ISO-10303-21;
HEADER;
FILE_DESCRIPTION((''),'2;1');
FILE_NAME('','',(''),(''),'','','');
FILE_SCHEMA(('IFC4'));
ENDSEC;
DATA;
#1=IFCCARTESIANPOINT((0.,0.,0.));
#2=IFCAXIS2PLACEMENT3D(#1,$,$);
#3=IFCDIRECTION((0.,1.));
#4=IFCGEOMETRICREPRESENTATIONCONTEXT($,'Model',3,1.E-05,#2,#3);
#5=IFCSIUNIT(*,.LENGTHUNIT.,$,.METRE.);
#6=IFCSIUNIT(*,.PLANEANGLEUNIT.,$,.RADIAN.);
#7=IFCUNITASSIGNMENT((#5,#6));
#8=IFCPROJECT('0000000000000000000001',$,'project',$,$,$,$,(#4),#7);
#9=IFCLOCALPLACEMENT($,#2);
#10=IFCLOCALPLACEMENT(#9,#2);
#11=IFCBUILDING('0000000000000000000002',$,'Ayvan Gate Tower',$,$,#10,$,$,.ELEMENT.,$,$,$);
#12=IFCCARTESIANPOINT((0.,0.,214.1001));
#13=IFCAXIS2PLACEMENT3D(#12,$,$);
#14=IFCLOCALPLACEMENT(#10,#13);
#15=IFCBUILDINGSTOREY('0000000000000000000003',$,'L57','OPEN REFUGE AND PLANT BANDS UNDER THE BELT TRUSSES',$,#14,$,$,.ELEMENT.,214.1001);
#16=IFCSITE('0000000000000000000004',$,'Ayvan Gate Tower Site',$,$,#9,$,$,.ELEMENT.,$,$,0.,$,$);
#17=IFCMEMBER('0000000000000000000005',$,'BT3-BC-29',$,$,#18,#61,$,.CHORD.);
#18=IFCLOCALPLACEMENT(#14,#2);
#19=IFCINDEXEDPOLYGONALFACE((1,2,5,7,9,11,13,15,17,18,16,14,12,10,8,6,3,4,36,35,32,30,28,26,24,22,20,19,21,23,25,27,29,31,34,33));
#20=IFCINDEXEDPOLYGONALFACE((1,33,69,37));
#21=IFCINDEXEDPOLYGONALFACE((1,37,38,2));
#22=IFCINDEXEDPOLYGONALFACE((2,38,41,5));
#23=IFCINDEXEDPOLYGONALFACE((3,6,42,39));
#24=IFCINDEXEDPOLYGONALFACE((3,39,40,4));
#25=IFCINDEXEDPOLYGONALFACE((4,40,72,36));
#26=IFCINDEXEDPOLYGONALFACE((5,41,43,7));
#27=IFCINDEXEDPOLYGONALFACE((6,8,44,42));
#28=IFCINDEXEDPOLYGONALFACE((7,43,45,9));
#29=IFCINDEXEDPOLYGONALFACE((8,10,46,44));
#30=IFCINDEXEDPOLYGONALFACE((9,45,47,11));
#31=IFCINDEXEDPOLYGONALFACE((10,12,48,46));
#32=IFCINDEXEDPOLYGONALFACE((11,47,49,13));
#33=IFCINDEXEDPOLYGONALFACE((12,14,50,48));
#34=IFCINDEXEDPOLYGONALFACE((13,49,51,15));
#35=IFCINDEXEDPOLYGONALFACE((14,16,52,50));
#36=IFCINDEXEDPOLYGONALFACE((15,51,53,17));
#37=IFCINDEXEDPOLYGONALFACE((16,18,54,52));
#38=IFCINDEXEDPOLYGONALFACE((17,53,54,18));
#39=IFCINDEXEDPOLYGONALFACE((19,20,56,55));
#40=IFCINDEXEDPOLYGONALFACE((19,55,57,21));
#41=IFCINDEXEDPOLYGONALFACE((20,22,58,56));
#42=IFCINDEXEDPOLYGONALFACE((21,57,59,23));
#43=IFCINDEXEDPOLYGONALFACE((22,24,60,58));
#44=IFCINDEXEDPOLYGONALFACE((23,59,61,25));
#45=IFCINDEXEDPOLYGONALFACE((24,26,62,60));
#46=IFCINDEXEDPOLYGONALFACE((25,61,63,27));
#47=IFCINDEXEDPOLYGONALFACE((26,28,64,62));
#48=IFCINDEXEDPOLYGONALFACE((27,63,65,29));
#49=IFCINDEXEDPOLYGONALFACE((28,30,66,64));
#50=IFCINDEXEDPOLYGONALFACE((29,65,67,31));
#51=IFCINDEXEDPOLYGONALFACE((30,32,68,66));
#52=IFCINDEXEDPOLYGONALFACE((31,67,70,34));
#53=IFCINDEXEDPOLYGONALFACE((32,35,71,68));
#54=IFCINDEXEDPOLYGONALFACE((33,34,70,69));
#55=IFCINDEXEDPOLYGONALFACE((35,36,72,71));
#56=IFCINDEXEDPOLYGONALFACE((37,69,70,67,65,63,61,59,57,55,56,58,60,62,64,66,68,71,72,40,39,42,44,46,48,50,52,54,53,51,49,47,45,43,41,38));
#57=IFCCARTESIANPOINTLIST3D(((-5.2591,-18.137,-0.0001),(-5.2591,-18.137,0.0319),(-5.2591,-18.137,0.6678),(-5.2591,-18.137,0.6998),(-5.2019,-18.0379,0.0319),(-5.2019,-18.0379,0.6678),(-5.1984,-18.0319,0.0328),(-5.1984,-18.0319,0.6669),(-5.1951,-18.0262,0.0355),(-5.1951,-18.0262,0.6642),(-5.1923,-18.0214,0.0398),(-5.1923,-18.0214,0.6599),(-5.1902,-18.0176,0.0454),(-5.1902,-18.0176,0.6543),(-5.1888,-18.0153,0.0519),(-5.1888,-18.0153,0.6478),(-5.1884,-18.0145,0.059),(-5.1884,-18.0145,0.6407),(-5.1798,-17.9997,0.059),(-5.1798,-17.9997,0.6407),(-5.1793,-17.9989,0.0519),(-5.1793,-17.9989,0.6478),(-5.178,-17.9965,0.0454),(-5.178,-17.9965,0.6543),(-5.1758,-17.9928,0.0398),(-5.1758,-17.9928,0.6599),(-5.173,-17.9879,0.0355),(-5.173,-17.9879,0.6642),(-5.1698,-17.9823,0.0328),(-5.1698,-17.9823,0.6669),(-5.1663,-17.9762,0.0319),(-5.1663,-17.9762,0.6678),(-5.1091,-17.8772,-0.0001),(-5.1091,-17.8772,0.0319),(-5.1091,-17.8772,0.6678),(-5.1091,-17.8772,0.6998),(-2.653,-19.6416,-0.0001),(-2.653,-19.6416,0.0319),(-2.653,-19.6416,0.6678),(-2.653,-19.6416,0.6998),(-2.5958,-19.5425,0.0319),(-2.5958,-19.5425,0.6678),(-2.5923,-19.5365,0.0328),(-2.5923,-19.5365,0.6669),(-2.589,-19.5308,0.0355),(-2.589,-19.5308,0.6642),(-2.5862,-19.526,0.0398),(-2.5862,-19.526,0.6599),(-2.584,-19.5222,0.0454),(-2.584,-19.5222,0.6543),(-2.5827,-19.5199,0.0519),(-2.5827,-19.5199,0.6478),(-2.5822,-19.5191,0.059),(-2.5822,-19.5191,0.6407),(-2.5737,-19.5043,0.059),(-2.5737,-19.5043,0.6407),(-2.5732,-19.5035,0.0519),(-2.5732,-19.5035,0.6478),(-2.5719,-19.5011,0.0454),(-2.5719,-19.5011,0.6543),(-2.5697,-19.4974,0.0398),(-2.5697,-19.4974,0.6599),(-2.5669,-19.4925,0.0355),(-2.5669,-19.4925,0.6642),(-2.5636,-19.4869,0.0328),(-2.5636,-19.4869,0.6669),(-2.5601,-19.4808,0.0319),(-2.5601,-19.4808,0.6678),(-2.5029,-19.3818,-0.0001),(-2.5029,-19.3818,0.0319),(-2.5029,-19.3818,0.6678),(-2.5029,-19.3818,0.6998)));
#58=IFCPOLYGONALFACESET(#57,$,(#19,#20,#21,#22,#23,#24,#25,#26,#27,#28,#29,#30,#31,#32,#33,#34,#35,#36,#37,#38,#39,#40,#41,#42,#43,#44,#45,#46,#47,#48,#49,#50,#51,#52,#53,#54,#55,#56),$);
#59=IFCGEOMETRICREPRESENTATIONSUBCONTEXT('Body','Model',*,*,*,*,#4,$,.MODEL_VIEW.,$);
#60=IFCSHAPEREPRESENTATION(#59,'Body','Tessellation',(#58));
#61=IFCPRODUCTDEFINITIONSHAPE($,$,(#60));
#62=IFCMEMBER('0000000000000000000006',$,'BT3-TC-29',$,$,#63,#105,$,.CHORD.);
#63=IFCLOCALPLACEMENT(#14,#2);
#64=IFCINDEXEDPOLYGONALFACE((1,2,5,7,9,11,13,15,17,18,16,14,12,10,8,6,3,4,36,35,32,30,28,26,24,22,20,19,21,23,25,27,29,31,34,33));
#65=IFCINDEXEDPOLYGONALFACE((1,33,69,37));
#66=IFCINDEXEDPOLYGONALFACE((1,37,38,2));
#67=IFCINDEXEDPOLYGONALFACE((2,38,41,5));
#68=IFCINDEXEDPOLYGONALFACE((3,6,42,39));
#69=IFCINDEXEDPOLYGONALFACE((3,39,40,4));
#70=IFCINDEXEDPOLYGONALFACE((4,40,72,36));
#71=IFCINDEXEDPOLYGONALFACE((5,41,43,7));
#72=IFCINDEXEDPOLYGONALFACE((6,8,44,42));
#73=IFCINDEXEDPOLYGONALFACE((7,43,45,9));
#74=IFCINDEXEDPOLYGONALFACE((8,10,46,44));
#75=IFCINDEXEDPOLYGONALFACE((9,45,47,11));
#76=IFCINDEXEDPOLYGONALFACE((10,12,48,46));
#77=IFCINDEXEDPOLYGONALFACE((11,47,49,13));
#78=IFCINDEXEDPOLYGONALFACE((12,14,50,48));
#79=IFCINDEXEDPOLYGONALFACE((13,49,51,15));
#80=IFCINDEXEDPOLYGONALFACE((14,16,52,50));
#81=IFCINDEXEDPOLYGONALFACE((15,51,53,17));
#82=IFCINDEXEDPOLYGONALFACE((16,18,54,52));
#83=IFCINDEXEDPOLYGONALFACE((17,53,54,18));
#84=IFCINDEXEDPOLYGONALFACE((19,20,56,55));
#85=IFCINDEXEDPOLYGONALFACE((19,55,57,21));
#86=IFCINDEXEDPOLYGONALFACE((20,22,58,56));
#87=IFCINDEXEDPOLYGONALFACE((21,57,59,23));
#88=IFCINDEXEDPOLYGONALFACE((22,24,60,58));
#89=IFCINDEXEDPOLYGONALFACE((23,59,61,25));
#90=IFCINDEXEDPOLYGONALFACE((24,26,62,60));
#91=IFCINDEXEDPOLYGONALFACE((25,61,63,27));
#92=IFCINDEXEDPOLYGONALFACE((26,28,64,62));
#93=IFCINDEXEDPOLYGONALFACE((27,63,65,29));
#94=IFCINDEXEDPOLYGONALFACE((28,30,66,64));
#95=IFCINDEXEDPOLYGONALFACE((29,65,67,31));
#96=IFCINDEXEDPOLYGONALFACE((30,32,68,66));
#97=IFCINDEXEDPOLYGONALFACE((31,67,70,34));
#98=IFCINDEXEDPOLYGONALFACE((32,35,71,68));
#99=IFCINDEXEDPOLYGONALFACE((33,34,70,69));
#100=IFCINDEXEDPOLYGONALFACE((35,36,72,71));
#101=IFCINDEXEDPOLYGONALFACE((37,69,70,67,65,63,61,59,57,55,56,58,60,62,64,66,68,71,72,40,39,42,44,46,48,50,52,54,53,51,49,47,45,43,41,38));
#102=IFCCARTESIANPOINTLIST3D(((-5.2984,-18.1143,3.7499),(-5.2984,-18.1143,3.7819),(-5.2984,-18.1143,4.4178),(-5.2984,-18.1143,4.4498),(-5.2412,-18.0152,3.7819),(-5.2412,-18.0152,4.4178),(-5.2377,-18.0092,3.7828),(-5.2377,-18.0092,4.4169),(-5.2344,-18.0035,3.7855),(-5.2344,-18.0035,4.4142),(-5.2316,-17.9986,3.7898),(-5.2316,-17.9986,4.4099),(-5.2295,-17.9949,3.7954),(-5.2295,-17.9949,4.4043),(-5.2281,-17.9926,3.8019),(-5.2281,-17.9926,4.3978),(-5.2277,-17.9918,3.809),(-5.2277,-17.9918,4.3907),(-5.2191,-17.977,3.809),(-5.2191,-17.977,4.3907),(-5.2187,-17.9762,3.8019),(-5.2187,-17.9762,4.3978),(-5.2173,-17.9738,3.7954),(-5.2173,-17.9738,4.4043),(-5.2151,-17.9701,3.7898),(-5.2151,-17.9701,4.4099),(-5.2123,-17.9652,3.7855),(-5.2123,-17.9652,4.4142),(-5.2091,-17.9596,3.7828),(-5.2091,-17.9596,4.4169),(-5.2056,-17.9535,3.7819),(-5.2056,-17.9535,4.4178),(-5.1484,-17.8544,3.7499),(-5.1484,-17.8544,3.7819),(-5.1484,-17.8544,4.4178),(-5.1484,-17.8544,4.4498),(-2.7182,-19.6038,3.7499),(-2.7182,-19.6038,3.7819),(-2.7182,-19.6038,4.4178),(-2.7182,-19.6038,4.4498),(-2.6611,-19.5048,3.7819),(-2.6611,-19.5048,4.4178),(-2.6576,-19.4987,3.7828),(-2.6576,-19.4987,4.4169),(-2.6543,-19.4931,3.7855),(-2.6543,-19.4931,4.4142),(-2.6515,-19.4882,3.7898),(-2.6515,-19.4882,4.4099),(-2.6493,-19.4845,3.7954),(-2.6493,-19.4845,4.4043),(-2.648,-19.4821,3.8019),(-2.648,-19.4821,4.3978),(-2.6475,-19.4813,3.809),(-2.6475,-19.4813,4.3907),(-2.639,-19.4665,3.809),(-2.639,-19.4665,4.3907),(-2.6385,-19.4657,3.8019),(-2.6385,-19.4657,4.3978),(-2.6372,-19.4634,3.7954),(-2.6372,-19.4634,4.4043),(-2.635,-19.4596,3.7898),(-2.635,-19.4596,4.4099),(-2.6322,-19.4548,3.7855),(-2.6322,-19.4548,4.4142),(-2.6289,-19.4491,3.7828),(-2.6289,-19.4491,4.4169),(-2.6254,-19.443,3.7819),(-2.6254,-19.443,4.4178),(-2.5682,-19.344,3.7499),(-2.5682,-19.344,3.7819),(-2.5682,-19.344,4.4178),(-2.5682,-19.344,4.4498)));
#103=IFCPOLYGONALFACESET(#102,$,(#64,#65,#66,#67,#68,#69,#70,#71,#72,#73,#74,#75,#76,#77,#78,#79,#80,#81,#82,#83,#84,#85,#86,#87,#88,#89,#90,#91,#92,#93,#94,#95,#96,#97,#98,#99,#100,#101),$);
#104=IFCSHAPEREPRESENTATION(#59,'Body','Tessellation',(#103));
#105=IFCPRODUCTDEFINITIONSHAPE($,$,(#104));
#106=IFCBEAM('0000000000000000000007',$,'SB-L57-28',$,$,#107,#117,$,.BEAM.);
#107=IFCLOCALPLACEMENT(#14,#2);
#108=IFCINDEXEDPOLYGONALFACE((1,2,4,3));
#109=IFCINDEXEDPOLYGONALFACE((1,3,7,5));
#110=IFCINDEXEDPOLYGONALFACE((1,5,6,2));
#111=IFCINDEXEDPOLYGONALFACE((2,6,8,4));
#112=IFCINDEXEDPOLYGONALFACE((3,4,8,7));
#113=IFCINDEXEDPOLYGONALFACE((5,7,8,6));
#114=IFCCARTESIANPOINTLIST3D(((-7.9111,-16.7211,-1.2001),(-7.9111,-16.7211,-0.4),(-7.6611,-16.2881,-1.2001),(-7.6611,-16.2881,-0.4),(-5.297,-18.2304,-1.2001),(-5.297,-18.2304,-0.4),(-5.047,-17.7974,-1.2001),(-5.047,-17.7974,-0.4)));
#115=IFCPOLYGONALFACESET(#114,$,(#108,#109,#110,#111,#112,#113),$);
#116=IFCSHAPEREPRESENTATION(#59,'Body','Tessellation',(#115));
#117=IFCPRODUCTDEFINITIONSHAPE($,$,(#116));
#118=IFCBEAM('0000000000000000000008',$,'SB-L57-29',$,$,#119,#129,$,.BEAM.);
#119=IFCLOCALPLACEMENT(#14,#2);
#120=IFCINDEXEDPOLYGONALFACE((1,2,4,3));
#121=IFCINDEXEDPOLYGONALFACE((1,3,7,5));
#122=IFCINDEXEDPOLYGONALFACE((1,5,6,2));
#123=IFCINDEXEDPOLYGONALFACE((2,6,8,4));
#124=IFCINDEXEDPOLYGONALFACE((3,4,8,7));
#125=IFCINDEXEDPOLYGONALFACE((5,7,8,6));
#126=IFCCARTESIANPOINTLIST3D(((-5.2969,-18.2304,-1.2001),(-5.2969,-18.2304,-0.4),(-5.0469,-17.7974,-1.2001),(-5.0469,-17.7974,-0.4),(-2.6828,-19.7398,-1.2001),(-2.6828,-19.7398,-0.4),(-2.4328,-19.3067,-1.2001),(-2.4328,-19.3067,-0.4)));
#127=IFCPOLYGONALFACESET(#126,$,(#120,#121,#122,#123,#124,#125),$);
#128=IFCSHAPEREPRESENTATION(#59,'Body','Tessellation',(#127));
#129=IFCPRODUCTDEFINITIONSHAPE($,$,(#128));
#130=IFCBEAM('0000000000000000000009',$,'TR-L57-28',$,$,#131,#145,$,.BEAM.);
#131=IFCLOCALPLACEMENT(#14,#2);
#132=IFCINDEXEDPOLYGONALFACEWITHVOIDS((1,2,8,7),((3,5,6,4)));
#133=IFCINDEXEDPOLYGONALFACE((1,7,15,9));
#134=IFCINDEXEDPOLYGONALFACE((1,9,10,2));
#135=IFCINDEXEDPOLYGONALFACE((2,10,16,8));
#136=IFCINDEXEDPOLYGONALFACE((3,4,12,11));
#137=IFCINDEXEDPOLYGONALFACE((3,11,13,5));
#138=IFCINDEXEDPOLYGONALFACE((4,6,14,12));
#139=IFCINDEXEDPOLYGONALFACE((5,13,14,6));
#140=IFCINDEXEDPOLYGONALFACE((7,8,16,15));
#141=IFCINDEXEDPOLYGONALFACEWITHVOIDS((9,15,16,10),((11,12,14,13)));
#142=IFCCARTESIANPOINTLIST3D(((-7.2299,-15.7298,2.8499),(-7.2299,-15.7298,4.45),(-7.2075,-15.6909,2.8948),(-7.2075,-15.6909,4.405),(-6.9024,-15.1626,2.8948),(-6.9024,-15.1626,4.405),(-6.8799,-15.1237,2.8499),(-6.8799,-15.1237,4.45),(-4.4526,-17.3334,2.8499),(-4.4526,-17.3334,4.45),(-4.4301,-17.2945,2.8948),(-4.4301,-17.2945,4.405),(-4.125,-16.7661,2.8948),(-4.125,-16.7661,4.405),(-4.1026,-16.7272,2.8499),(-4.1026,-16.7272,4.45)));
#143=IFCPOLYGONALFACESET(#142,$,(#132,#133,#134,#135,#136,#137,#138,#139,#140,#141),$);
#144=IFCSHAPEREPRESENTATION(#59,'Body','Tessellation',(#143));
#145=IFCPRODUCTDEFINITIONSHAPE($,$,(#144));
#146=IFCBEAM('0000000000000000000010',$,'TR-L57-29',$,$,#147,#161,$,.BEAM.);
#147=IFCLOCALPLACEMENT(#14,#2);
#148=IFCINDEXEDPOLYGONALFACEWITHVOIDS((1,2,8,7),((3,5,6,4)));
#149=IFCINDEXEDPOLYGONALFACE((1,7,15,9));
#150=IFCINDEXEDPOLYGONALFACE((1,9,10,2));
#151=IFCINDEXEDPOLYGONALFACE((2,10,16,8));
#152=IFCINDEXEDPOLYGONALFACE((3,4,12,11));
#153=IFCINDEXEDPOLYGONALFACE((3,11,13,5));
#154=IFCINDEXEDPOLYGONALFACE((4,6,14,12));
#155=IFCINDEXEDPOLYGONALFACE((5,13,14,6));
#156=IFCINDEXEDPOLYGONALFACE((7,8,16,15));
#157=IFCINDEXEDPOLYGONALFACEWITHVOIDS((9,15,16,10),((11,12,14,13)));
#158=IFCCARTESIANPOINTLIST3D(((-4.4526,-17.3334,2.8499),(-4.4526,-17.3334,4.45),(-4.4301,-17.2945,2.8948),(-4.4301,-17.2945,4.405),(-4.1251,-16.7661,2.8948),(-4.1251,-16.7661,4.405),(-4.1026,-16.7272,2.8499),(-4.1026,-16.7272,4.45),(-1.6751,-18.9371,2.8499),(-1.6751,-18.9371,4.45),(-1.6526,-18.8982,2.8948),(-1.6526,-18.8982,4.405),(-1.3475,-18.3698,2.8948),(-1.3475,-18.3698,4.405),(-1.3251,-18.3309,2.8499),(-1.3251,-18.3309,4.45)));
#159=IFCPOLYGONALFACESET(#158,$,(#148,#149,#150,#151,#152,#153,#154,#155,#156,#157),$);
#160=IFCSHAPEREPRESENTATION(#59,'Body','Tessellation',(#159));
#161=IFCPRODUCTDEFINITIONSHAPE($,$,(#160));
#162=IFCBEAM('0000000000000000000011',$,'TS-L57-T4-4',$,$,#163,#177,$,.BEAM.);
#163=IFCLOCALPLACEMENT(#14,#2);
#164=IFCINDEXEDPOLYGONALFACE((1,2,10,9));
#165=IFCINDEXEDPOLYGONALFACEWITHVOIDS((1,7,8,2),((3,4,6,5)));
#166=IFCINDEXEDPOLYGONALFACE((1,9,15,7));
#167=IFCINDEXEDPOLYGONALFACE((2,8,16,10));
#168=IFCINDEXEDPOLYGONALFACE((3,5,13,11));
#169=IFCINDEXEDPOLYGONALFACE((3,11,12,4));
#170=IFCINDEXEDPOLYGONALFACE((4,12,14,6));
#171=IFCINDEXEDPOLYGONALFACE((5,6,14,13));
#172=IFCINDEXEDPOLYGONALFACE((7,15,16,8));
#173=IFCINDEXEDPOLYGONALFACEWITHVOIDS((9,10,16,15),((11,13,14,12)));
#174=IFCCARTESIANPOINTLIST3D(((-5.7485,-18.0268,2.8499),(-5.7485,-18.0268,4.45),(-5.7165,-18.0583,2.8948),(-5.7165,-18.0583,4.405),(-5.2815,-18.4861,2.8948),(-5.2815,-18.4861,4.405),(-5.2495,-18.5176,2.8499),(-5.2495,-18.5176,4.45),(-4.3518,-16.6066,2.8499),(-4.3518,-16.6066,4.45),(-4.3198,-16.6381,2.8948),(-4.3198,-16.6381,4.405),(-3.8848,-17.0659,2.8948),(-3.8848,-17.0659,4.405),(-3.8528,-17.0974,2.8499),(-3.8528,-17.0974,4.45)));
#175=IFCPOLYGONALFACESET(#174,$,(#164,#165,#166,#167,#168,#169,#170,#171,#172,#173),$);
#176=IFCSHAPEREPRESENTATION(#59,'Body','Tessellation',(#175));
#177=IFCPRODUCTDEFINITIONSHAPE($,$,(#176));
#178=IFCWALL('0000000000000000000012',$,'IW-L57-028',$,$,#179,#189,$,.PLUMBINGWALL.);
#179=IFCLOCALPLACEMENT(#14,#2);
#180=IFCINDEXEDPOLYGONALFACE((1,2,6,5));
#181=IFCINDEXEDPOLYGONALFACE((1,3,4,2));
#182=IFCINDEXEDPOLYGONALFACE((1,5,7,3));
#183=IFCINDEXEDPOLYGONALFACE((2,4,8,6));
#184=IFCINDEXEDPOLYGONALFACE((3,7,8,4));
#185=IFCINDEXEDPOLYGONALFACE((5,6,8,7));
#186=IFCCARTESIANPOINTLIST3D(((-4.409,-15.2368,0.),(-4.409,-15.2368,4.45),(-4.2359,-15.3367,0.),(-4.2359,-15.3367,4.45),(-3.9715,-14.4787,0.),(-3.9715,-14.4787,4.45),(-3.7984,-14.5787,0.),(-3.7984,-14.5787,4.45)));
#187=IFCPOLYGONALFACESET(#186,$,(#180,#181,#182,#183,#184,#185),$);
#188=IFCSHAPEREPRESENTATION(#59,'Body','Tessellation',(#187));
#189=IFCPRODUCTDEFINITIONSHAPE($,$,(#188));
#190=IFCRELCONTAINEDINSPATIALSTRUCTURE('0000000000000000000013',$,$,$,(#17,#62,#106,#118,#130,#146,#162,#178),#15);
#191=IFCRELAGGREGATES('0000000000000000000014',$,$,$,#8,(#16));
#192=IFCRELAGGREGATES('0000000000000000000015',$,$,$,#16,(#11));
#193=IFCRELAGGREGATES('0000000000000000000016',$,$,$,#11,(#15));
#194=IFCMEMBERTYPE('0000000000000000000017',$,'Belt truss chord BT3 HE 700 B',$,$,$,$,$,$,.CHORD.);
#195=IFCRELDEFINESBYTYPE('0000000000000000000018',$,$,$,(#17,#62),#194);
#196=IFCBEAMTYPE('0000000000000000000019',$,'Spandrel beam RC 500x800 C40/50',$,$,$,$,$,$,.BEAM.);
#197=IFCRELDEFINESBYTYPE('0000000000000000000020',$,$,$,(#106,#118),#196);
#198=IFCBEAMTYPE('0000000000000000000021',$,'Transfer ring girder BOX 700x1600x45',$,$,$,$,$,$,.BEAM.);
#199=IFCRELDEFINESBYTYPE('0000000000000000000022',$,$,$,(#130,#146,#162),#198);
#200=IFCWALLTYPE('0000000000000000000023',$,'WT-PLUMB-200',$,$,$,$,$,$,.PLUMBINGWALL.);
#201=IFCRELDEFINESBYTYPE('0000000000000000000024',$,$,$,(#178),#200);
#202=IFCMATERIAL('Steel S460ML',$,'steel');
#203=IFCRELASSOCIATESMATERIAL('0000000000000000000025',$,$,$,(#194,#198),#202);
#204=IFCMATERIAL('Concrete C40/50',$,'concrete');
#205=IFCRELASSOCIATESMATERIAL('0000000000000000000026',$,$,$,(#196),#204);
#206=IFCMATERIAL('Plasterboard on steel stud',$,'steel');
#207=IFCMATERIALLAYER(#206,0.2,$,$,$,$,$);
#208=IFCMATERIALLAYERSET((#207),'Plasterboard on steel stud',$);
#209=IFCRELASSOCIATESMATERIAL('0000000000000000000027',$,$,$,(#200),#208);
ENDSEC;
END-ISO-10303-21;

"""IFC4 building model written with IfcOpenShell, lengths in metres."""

from ifc_helpers import new_model, si_unit, direction, frame, frame_2d, origin, origin_2d, place, context, subcontext, project, spatial, rectangle, hollow_rectangle, i_section, extrude, material, layer, layer_set, material_profile, profile_set, type_object, element, save


model = new_model("IFC4")

# Units and contexts
model_context = context("Model", 3, precision=1e-05, world=origin(), true_north=direction((0.0, 1.0)))
body_context = subcontext(model_context, "Body", "Model", "MODEL_VIEW")
ifc_project = project(units=[si_unit("LENGTHUNIT", "METRE"), si_unit("PLANEANGLEUNIT", "RADIAN")], contexts=[model_context])

# Site, building, storey
site_placement = place(None, origin())
site = spatial("IfcSite", under=ifc_project, at=site_placement, Name="Ayvan Gate Tower Site", CompositionType="ELEMENT", RefElevation=0.0)
building_placement = place(site_placement, origin())
building = spatial("IfcBuilding", under=site, at=building_placement, Name="Ayvan Gate Tower", CompositionType="ELEMENT")
storey_placement = place(building_placement, frame((0.0, 0.0, 214.1001)))
storey = spatial("IfcBuildingStorey", under=building, at=storey_placement, Name="L57", Description="OPEN REFUGE AND PLANT BANDS UNDER THE BELT TRUSSES", CompositionType="ELEMENT", Elevation=214.1001)

# Members
ifc_material_1 = material(Name="Steel S460ML", Category="steel")
ifc_material_profile_1 = material_profile(ifc_material_1, i_section(OverallWidth=0.3, OverallDepth=0.7, WebThickness=0.0171, FlangeThickness=0.032, FilletRadius=0.0271, at=origin_2d()), Name="HE 700 B")
ifc_profile_set_1 = profile_set([ifc_material_profile_1], Name="Steel S460ML")
member_type_1 = type_object("IfcMemberType", Name="Belt truss chord BT3 HE 700 B", PredefinedType="CHORD", material=ifc_profile_set_1)
for number, where, z_axis, x_axis, name in (
    (1, (-5.1841, -18.0071, 0.3499), (0.866033, -0.499987, 0.0), (0.499987, 0.866033, 0.0), "BT3-BC-29"),
):
    element("IfcMember", number, at=place(storey_placement, frame(where, z_axis=z_axis, x_axis=x_axis)), inside=storey, type_object=member_type_1, Name=name, PredefinedType="CHORD", context=body_context, shape_type="SweptSolid", body=[
        extrude(i_section(OverallWidth=0.3, OverallDepth=0.7, WebThickness=0.0171, FlangeThickness=0.032, FilletRadius=0.0271, at=origin_2d()), origin(), (0.0, 0.0, 1.0), 3.0093),
    ])
member_1_placement = place(storey_placement, frame((-5.2234, -17.9844, 4.0999), z_axis=(0.866041, -0.499973, 0.0), x_axis=(0.499973, 0.866041, 0.0)))
element("IfcMember", 2, at=member_1_placement, inside=storey, type_object=member_type_1, Name="BT3-TC-29", PredefinedType="CHORD", context=body_context, shape_type="SweptSolid", body=[
    extrude(i_section(OverallWidth=0.3, OverallDepth=0.7, WebThickness=0.0171, FlangeThickness=0.032, FilletRadius=0.0271, at=origin_2d()), origin(), (0.0, 0.0, 1.0), 2.9792),
])

# Beams
ifc_material_2 = material(Name="Concrete C40/50", Category="concrete")
ifc_material_profile_2 = material_profile(ifc_material_2, rectangle(XDim=0.5, YDim=0.8, at=origin_2d()), Name="RC 500x800")
ifc_profile_set_2 = profile_set([ifc_material_profile_2], Name="Concrete C40/50")
beam_type_1 = type_object("IfcBeamType", Name="Spandrel beam RC 500x800 C40/50", PredefinedType="BEAM", material=ifc_profile_set_2)
for number, where, z_axis, x_axis, name in (
    (3, (-7.7861, -16.5046, -0.8), (0.866035, -0.499984, 0.0), (0.499984, 0.866035, 0.0), "SB-L57-28"),
    (4, (-5.1719, -18.0139, -0.8), (0.866015, -0.500019, 0.0), (0.500019, 0.866015, 0.0), "SB-L57-29"),
):
    element("IfcBeam", number, at=place(storey_placement, frame(where, z_axis=z_axis, x_axis=x_axis)), inside=storey, type_object=beam_type_1, Name=name, PredefinedType="BEAM", context=body_context, shape_type="SweptSolid", body=[
        extrude(rectangle(XDim=0.5, YDim=0.8, at=origin_2d()), origin(), (0.0, 0.0, 1.0), 3.0186),
    ])
ifc_material_profile_3 = material_profile(ifc_material_1, hollow_rectangle(XDim=0.7, YDim=1.6001, WallThickness=0.0449, at=origin_2d()), Name="BOX 700x1600x45")
ifc_profile_set_3 = profile_set([ifc_material_profile_3], Name="Steel S460ML")
beam_type_2 = type_object("IfcBeamType", Name="Transfer ring girder BOX 700x1600x45", PredefinedType="BEAM", material=ifc_profile_set_3)
beam_1_placement = place(storey_placement, frame((-7.0549, -15.4268, 3.6499), z_axis=(0.866023, -0.500004, 0.0), x_axis=(0.500004, 0.866023, 0.0)))
element("IfcBeam", 5, at=beam_1_placement, inside=storey, type_object=beam_type_2, Name="TR-L57-28", PredefinedType="BEAM", context=body_context, shape_type="SweptSolid", body=[
    extrude(hollow_rectangle(XDim=0.7, YDim=1.6001, WallThickness=0.0449, at=origin_2d()), origin(), (0.0, 0.0, 1.0), 3.207),
])
beam_2_placement = place(storey_placement, frame((-4.2776, -17.0303, 3.6499), z_axis=(0.866009, -0.500028, 0.0), x_axis=(0.500028, 0.866009, 0.0)))
element("IfcBeam", 6, at=beam_2_placement, inside=storey, type_object=beam_type_2, Name="TR-L57-29", PredefinedType="BEAM", context=body_context, shape_type="SweptSolid", body=[
    extrude(hollow_rectangle(XDim=0.7, YDim=1.6001, WallThickness=0.0449, at=origin_2d()), origin(), (0.0, 0.0, 1.0), 3.2073),
])
beam_3_placement = place(storey_placement, frame((-5.499, -18.2722, 3.6499), z_axis=(0.701199, 0.712965, 0.0), x_axis=(-0.712965, 0.701199, 0.0)))
element("IfcBeam", 7, at=beam_3_placement, inside=storey, type_object=beam_type_2, Name="TS-L57-T4-4", PredefinedType="BEAM", context=body_context, shape_type="SweptSolid", body=[
    extrude(hollow_rectangle(XDim=0.7, YDim=1.6001, WallThickness=0.0449, at=origin_2d()), origin(), (0.0, 0.0, 1.0), 1.9919),
])

# Wall
ifc_material_3 = material(Name="Plasterboard on steel stud", Category="steel")
ifc_layer_1 = layer(ifc_material_3, 0.2)
ifc_layer_set_1 = layer_set([ifc_layer_1], Name="Plasterboard on steel stud")
wall_type_1 = type_object("IfcWallType", Name="WT-PLUMB-200", PredefinedType="PLUMBINGWALL", material=ifc_layer_set_1)
wall_1_placement = place(storey_placement, frame((-3.885, -14.5288, 0.0), z_axis=(0.0, 0.0, 1.0), x_axis=(-0.499859, -0.866107, 0.0)))
element("IfcWall", 8, at=wall_1_placement, inside=storey, type_object=wall_type_1, Name="IW-L57-028", PredefinedType="PLUMBINGWALL", context=body_context, shape_type="SweptSolid", body=[
    extrude(rectangle(XDim=0.8752, YDim=0.2, at=frame_2d((0.4375, 0.0))), origin(), (0.0, 0.0, 1.0), 4.45),
])

save(model, "model.ifc")
